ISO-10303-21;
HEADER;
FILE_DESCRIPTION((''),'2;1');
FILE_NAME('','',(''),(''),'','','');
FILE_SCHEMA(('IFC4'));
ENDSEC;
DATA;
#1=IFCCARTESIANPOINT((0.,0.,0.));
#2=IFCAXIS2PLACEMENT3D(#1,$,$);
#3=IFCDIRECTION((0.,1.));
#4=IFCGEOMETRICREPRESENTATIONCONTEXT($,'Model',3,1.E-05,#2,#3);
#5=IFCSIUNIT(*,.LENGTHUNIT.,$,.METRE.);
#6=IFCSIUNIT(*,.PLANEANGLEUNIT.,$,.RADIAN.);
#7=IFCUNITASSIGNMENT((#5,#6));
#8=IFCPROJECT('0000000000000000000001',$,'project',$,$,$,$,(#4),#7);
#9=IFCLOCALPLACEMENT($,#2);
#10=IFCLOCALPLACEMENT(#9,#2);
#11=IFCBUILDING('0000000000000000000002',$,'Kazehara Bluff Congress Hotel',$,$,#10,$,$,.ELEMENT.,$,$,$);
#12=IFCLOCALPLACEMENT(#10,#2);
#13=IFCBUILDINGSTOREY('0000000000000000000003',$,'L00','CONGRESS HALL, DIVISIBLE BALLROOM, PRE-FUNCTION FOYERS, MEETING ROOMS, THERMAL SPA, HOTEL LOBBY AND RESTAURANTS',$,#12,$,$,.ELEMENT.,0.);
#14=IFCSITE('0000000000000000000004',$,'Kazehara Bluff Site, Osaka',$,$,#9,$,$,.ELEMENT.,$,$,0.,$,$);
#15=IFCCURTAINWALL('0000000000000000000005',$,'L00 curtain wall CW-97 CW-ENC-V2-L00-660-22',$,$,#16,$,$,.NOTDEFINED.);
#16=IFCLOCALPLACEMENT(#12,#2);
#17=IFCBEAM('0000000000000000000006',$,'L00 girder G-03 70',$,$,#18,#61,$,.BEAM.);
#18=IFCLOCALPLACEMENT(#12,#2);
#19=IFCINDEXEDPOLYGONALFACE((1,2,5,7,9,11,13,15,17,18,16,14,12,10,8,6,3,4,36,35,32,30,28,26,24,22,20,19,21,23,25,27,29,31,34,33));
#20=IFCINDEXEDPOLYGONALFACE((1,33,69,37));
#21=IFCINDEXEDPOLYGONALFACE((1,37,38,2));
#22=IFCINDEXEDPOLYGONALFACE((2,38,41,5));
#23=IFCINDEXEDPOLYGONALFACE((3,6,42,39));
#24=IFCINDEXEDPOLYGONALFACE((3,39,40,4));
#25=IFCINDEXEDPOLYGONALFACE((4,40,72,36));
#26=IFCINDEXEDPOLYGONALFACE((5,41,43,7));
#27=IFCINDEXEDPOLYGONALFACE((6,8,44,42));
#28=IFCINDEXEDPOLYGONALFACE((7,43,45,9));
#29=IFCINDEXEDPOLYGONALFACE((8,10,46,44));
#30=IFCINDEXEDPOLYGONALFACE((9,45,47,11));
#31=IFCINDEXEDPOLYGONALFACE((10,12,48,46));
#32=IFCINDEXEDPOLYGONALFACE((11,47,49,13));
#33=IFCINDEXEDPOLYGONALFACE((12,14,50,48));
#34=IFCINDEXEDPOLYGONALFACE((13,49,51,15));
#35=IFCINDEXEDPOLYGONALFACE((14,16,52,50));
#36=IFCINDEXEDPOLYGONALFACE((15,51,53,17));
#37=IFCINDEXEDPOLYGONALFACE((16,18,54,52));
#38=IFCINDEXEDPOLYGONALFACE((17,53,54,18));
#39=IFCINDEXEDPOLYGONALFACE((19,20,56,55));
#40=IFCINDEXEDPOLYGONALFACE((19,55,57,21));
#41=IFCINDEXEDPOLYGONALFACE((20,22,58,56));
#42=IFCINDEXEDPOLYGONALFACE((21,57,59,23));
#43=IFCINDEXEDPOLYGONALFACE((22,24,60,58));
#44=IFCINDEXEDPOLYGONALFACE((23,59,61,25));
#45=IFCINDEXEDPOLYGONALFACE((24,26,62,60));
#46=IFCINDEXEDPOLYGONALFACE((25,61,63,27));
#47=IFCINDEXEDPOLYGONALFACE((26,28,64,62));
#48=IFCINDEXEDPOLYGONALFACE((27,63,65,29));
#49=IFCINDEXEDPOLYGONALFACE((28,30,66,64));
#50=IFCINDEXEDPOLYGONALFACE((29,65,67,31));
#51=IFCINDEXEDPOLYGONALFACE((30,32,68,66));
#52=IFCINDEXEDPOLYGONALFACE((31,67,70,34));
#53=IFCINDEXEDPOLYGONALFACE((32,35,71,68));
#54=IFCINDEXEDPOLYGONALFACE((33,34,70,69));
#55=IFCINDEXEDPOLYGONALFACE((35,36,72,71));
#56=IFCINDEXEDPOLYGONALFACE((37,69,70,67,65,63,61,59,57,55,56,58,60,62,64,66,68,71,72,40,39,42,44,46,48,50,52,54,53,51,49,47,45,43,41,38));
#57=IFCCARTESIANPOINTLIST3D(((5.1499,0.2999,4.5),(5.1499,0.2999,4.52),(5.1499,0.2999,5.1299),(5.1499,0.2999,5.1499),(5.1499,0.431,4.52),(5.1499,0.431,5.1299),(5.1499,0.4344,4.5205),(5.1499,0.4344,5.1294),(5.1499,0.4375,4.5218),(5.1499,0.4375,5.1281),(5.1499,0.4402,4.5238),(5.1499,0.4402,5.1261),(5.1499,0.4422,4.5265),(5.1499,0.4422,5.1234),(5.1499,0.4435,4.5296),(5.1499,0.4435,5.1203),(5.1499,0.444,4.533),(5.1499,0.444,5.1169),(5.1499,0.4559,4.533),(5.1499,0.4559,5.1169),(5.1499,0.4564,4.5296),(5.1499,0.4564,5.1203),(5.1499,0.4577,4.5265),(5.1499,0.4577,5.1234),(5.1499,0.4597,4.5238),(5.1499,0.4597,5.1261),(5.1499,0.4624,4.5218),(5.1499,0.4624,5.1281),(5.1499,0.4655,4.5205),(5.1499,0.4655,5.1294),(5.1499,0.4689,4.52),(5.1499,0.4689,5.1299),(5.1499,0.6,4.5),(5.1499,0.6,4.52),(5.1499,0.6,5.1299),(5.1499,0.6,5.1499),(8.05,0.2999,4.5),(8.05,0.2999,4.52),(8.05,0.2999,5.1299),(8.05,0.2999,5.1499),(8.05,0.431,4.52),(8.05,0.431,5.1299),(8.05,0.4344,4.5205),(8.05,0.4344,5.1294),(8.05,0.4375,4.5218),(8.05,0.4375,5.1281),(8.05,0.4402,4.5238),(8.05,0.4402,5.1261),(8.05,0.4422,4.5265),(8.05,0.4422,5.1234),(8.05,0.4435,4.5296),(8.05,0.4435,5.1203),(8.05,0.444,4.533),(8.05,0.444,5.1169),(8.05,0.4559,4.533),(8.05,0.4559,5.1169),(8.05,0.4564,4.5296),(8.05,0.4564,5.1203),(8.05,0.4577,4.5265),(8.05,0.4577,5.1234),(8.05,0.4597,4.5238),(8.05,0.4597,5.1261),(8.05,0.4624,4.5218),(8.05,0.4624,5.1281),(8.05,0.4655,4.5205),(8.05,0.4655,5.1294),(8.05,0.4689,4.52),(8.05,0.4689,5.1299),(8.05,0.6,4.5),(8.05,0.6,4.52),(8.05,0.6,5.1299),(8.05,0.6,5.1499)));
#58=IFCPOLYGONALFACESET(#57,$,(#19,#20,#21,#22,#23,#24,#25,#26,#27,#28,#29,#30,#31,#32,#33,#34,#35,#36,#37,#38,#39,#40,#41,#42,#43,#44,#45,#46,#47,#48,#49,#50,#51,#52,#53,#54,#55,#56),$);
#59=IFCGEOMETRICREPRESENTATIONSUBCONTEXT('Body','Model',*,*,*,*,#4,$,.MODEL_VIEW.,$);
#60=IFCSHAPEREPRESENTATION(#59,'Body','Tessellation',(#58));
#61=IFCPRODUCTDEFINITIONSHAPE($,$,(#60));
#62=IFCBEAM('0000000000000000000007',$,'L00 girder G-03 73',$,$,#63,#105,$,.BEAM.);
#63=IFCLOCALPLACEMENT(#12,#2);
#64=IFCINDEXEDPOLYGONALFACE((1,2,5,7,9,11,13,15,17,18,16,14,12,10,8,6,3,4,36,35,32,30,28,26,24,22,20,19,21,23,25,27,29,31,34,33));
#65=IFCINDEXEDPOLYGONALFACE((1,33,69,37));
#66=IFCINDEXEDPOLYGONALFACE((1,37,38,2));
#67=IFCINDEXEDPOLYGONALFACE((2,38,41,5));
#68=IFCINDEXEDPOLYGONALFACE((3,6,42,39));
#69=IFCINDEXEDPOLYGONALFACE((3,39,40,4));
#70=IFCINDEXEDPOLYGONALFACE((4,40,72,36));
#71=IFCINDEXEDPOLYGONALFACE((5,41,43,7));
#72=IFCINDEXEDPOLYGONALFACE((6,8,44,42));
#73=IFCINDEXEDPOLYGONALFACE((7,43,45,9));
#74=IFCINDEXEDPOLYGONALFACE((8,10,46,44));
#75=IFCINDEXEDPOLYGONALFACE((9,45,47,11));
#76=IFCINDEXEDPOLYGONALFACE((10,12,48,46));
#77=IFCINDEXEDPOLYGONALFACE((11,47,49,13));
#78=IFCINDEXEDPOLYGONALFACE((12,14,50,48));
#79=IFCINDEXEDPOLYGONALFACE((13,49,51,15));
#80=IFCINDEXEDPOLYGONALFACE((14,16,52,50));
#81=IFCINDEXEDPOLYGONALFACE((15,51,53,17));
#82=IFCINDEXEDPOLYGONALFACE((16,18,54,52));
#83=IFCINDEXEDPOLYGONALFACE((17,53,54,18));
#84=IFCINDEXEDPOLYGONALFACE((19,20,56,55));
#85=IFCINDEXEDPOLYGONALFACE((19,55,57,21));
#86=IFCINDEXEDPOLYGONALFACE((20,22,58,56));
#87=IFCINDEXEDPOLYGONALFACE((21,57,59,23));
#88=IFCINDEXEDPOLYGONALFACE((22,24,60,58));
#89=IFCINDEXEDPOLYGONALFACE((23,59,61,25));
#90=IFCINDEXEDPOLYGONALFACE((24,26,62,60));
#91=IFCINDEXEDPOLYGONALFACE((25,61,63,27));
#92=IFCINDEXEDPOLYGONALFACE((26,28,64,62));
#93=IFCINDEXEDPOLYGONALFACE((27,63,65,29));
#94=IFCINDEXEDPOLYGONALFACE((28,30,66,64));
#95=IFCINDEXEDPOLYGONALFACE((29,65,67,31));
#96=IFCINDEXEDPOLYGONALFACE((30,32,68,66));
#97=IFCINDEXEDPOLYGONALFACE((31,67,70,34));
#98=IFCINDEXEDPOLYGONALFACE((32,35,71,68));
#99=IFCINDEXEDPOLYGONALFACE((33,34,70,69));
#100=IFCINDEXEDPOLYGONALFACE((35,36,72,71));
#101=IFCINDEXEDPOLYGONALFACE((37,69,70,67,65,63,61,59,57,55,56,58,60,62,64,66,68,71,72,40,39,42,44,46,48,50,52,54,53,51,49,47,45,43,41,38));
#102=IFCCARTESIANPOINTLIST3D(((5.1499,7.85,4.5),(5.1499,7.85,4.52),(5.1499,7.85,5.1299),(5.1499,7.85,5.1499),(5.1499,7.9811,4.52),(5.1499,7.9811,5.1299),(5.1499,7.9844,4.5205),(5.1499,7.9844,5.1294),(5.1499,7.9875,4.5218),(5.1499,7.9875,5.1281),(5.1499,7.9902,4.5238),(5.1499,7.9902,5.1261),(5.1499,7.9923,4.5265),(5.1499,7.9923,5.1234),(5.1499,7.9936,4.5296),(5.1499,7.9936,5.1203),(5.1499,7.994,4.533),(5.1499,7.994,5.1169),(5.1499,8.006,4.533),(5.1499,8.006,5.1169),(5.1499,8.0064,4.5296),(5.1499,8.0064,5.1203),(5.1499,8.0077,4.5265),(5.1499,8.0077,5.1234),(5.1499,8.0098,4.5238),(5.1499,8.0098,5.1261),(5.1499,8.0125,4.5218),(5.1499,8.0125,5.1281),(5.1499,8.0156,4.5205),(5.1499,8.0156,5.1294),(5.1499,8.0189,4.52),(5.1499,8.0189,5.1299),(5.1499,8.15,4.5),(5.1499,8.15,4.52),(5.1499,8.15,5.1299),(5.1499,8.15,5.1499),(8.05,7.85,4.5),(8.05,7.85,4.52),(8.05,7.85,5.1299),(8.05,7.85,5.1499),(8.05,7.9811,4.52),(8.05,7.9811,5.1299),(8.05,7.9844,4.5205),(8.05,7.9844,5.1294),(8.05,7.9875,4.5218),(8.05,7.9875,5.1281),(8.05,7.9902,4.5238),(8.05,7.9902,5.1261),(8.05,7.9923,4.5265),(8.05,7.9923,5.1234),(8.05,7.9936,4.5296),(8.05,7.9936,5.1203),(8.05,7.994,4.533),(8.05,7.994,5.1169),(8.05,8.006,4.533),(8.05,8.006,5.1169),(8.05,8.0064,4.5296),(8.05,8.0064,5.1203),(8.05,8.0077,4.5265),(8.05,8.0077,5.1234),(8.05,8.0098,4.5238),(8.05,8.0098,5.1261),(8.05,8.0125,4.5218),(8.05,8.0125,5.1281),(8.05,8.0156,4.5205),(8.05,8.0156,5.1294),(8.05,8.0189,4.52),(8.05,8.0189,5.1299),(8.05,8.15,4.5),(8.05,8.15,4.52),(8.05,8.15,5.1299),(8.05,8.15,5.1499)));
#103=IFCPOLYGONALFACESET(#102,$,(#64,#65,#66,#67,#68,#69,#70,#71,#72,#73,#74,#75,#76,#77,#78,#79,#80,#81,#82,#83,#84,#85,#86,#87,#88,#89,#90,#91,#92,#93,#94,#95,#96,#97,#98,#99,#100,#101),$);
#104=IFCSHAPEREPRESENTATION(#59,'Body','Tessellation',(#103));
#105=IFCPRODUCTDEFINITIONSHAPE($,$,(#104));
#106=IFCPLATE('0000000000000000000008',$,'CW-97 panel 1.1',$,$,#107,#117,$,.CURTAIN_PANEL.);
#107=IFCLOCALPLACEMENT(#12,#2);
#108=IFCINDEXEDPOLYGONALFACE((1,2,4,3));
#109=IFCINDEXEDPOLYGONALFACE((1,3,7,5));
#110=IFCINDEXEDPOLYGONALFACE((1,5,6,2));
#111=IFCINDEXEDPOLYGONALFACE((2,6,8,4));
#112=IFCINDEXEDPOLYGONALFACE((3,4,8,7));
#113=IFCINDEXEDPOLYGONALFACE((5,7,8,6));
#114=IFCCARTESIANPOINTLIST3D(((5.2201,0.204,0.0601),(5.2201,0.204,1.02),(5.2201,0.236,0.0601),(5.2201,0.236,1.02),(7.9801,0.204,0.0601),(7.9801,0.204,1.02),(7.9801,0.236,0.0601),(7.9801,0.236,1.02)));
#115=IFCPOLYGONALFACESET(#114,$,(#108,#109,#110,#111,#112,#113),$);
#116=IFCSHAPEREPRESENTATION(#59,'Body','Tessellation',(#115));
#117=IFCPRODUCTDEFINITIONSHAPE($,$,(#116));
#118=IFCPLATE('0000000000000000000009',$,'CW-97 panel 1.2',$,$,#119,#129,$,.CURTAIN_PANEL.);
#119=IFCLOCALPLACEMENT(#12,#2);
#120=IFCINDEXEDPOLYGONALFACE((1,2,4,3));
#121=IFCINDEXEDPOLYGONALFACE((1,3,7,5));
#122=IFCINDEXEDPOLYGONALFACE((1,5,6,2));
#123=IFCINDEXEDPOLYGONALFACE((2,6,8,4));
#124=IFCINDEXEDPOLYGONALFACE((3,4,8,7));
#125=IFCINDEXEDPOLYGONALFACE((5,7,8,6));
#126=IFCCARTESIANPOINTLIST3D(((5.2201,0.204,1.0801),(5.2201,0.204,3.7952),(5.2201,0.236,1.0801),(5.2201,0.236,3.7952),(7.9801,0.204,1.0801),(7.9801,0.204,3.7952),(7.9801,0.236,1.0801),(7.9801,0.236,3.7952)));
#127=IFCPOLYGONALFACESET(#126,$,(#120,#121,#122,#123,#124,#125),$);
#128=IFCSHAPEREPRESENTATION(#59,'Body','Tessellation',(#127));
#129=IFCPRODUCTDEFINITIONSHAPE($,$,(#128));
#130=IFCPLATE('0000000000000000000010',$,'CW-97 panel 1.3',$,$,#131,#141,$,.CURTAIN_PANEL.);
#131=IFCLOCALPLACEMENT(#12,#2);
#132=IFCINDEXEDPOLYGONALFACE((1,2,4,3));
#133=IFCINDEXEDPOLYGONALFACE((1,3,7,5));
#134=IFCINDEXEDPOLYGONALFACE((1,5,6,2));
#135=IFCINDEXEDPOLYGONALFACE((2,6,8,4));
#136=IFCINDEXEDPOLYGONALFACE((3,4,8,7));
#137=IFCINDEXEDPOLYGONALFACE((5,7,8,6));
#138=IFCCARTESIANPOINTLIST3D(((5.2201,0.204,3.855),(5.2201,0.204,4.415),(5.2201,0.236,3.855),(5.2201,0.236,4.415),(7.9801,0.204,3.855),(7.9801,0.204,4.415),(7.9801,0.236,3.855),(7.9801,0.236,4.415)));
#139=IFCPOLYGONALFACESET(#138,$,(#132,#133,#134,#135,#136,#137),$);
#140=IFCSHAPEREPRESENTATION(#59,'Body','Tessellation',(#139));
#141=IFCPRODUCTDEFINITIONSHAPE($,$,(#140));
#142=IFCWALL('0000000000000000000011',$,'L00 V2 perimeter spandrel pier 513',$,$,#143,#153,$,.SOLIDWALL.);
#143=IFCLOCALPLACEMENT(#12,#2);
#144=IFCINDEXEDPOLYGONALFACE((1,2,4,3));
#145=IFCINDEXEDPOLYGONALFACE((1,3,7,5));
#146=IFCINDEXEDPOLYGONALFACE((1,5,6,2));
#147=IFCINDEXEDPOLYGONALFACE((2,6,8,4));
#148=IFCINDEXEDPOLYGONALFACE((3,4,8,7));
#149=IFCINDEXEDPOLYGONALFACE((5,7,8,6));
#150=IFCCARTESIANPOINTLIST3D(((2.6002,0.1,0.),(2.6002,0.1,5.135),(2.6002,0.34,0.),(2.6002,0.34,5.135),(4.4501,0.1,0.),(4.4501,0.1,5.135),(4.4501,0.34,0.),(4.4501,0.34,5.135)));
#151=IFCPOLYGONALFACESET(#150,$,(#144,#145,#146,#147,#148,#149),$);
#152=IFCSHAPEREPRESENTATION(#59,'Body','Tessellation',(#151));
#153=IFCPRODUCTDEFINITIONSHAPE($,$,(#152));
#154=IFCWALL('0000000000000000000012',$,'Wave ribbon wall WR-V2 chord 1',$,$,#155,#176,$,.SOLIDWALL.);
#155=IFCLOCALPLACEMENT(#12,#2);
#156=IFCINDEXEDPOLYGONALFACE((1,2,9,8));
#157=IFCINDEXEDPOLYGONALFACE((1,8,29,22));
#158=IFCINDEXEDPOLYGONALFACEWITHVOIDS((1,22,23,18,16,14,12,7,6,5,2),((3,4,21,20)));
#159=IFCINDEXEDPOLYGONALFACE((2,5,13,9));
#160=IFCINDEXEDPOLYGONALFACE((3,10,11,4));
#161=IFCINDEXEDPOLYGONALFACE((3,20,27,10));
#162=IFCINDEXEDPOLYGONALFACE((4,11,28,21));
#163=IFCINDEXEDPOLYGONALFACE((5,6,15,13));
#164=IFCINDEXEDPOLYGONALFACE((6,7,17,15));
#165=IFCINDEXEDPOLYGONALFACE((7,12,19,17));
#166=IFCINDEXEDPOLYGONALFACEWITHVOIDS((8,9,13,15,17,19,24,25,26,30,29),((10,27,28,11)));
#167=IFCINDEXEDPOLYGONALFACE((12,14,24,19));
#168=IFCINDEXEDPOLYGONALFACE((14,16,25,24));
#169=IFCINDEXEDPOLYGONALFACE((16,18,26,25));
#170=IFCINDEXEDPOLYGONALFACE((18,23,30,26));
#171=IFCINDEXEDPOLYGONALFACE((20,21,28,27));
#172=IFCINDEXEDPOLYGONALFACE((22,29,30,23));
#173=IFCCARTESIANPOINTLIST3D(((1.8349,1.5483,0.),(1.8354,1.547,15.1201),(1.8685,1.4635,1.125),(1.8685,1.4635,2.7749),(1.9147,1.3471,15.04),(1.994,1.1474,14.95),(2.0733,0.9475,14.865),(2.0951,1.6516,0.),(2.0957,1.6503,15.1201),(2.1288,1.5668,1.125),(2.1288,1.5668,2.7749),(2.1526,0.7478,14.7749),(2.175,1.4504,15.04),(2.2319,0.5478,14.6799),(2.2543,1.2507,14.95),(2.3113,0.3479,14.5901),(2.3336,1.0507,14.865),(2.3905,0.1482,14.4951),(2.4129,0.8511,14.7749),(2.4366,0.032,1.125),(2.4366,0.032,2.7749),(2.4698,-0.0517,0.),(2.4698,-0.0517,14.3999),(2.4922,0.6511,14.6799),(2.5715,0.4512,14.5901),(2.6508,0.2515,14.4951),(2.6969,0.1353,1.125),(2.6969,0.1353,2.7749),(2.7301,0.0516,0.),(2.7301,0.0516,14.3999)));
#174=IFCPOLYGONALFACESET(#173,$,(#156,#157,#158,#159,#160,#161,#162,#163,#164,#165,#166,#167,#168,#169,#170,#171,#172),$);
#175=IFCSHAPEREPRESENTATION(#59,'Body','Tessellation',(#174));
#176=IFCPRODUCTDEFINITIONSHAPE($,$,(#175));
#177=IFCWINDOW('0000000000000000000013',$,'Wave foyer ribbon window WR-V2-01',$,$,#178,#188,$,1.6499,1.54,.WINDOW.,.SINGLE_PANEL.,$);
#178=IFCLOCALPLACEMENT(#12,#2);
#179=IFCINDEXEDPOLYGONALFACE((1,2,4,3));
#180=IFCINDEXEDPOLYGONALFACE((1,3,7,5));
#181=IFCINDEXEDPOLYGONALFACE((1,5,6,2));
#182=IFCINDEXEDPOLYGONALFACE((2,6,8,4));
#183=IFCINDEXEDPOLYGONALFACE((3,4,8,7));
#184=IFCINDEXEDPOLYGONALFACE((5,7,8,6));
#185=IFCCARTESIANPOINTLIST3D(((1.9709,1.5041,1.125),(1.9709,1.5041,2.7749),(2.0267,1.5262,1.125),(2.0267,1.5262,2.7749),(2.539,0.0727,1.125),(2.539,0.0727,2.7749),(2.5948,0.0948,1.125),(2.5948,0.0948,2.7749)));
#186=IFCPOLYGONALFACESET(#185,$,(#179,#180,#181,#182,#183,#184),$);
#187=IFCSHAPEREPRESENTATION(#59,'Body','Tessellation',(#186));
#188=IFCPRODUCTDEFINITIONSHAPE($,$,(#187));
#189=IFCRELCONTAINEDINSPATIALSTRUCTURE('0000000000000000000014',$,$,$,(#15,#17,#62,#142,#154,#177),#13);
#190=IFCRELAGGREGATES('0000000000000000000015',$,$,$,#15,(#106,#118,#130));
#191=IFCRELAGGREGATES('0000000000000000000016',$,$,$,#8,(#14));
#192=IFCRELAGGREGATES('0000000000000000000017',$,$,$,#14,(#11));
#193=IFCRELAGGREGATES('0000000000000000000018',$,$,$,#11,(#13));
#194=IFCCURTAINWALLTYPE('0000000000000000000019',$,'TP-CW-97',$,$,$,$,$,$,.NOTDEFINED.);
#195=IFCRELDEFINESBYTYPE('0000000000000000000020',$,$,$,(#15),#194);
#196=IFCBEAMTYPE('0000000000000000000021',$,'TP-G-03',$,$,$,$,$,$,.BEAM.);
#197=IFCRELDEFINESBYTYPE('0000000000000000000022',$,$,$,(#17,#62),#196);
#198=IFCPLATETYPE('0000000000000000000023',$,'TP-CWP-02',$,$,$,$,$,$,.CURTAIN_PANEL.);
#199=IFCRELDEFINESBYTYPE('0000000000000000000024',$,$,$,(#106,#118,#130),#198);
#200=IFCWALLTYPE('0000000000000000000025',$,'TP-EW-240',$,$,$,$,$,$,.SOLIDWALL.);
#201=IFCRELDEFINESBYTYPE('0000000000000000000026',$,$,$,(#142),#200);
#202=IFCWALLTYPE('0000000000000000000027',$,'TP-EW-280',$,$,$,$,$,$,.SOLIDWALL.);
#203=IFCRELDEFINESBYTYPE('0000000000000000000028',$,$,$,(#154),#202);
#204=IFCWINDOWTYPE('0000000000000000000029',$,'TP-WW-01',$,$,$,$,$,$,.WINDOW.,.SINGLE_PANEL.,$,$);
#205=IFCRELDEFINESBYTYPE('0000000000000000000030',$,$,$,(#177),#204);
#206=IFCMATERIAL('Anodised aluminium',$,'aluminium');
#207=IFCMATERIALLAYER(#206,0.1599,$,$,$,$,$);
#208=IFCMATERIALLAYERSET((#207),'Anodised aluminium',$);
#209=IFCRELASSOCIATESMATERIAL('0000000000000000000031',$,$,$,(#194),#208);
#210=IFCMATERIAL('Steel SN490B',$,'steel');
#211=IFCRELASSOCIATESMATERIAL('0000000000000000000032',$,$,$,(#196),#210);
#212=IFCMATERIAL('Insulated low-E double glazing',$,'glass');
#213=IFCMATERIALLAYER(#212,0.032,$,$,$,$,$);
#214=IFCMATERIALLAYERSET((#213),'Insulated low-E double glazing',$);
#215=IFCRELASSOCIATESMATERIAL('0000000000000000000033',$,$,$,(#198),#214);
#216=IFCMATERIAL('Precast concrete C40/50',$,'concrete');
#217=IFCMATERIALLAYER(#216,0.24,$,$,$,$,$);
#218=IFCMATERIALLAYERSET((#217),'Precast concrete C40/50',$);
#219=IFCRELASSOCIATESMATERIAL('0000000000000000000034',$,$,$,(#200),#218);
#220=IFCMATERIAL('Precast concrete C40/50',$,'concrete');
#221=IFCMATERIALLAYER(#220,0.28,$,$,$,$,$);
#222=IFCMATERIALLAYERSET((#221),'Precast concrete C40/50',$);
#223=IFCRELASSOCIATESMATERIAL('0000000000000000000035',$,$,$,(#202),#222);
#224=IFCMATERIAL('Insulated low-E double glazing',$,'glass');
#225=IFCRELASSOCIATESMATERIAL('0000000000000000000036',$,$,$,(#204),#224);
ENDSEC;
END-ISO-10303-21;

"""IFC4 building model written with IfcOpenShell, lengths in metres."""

from ifc_helpers import new_model, si_unit, direction, frame, frame_2d, origin, origin_2d, place, context, subcontext, project, spatial, polyline, rectangle, i_section, outline, extrude, material, layer, layer_set, material_profile, profile_set, type_object, element, fill, aggregate, save


model = new_model("IFC4")

# Units and contexts
model_context = context("Model", 3, precision=1e-05, world=origin(), true_north=direction((0.0, 1.0)))
body_context = subcontext(model_context, "Body", "Model", "MODEL_VIEW")
ifc_project = project(units=[si_unit("LENGTHUNIT", "METRE"), si_unit("PLANEANGLEUNIT", "RADIAN")], contexts=[model_context])

# Site, building, storey
site_placement = place(None, origin())
site = spatial("IfcSite", under=ifc_project, at=site_placement, Name="Kazehara Bluff Site, Osaka", CompositionType="ELEMENT", RefElevation=0.0)
building_placement = place(site_placement, origin())
building = spatial("IfcBuilding", under=site, at=building_placement, Name="Kazehara Bluff Congress Hotel", CompositionType="ELEMENT")
storey_placement = place(building_placement, origin())
storey = spatial("IfcBuildingStorey", under=building, at=storey_placement, Name="L00", Description="CONGRESS HALL, DIVISIBLE BALLROOM, PRE-FUNCTION FOYERS, MEETING ROOMS, THERMAL SPA, HOTEL LOBBY AND RESTAURANTS", CompositionType="ELEMENT", Elevation=0.0)

# Curtain wall
ifc_material_1 = material(Name="Anodised aluminium", Category="aluminium")
ifc_layer_1 = layer(ifc_material_1, 0.1599)
ifc_layer_set_1 = layer_set([ifc_layer_1], Name="Anodised aluminium")
curtain_wall_type = type_object("IfcCurtainWallType", Name="TP-CW-97", PredefinedType="NOTDEFINED", material=ifc_layer_set_1)
curtain_wall_placement = place(storey_placement, origin())
curtain_wall = element("IfcCurtainWall", 1, at=curtain_wall_placement, inside=storey, type_object=curtain_wall_type, Name="L00 curtain wall CW-97 CW-ENC-V2-L00-660-22", PredefinedType="NOTDEFINED")

# Beams
ifc_material_2 = material(Name="Steel SN490B", Category="steel")
ifc_material_profile_1 = material_profile(ifc_material_2, i_section(OverallWidth=0.3, OverallDepth=0.6499, WebThickness=0.012, FlangeThickness=0.02, FilletRadius=0.0129, at=origin_2d()))
ifc_profile_set_1 = profile_set([ifc_material_profile_1], Name="Steel SN490B")
beam_type = type_object("IfcBeamType", Name="TP-G-03", PredefinedType="BEAM", material=ifc_profile_set_1)
for number, where, z_axis, x_axis, name in (
    (2, (5.1499, 0.45, 4.825), (1.0, 0.0, 0.0), (0.0, 1.0, 0.0), "L00 girder G-03 70"),
    (3, (5.1499, 8.0, 4.825), (1.0, 0.0, 0.0), (0.0, 1.0, 0.0), "L00 girder G-03 73"),
):
    element("IfcBeam", number, at=place(storey_placement, frame(where, z_axis=z_axis, x_axis=x_axis)), inside=storey, type_object=beam_type, Name=name, PredefinedType="BEAM", context=body_context, shape_type="SweptSolid", body=[
        extrude(i_section(OverallWidth=0.3, OverallDepth=0.6499, WebThickness=0.012, FlangeThickness=0.02, FilletRadius=0.0129, at=origin_2d()), origin(), (0.0, 0.0, 1.0), 2.9001),
    ])

# Plates
ifc_material_3 = material(Name="Insulated low-E double glazing", Category="glass")
ifc_layer_2 = layer(ifc_material_3, 0.032)
ifc_layer_set_2 = layer_set([ifc_layer_2], Name="Insulated low-E double glazing")
plate_type = type_object("IfcPlateType", Name="TP-CWP-02", PredefinedType="CURTAIN_PANEL", material=ifc_layer_set_2)
plate_1_placement = place(storey_placement, frame((6.6001, 0.22, 0.0601), z_axis=(0.0, 0.0, 1.0), x_axis=(-1.0, 0.0, 0.0)))
plate_1 = element("IfcPlate", 4, at=plate_1_placement, type_object=plate_type, Name="CW-97 panel 1.1", PredefinedType="CURTAIN_PANEL", context=body_context, shape_type="SweptSolid", body=[
    extrude(rectangle(XDim=2.76, YDim=0.032, at=origin_2d()), origin(), (0.0, 0.0, 1.0), 0.96),
])
plate_2_placement = place(storey_placement, frame((6.6001, 0.22, 1.0801), z_axis=(0.0, 0.0, 1.0), x_axis=(-1.0, 0.0, 0.0)))
plate_2 = element("IfcPlate", 5, at=plate_2_placement, type_object=plate_type, Name="CW-97 panel 1.2", PredefinedType="CURTAIN_PANEL", context=body_context, shape_type="SweptSolid", body=[
    extrude(rectangle(XDim=2.76, YDim=0.032, at=origin_2d()), origin(), (0.0, 0.0, 1.0), 2.7151),
])
plate_3_placement = place(storey_placement, frame((6.6001, 0.22, 3.855), z_axis=(0.0, 0.0, 1.0), x_axis=(-1.0, 0.0, 0.0)))
plate_3 = element("IfcPlate", 6, at=plate_3_placement, type_object=plate_type, Name="CW-97 panel 1.3", PredefinedType="CURTAIN_PANEL", context=body_context, shape_type="SweptSolid", body=[
    extrude(rectangle(XDim=2.76, YDim=0.032, at=origin_2d()), origin(), (0.0, 0.0, 1.0), 0.5601),
])
aggregate(curtain_wall, [plate_1, plate_2, plate_3])

# Wall
ifc_material_4 = material(Name="Precast concrete C40/50", Category="concrete")
ifc_layer_3 = layer(ifc_material_4, 0.24)
ifc_layer_set_3 = layer_set([ifc_layer_3], Name="Precast concrete C40/50")
wall_type_1 = type_object("IfcWallType", Name="TP-EW-240", PredefinedType="SOLIDWALL", material=ifc_layer_set_3)
wall_1_placement = place(storey_placement, frame((4.45, 0.22, 0.0), z_axis=(0.0, 0.0, 1.0), x_axis=(-1.0, 0.0, 0.0)))
element("IfcWall", 7, at=wall_1_placement, inside=storey, type_object=wall_type_1, Name="L00 V2 perimeter spandrel pier 513", PredefinedType="SOLIDWALL", context=body_context, shape_type="SweptSolid", body=[
    extrude(rectangle(XDim=1.8499, YDim=0.24, at=frame_2d((0.9248, 0.0))), origin(), (0.0, 0.0, 1.0), 5.135),
])

# Wall, opening, window
ifc_material_5 = material(Name="Precast concrete C40/50", Category="concrete")
ifc_layer_4 = layer(ifc_material_5, 0.28)
ifc_layer_set_4 = layer_set([ifc_layer_4], Name="Precast concrete C40/50")
wall_type_2 = type_object("IfcWallType", Name="TP-EW-280", PredefinedType="SOLIDWALL", material=ifc_layer_set_4)
wall_2_placement = place(storey_placement, frame((2.6001, 0.0, 0.0), z_axis=(0.0, 0.0, 1.0), x_axis=(-0.368871, 0.929481, 0.0)))
wall_2 = element("IfcWall", 8, at=wall_2_placement, inside=storey, type_object=wall_type_2, Name="Wave ribbon wall WR-V2 chord 1", PredefinedType="SOLIDWALL", context=body_context, shape_type="SweptSolid", body=[
    extrude(outline(polyline([(0.0, 0.0), (1.7214, 0.0), (1.72, 15.1201), (1.5049, 15.04), (1.29, 14.95), (1.075, 14.865), (0.8601, 14.7749), (0.645, 14.6799), (0.4299, 14.5901), (0.2151, 14.4951), (0.0, 14.3999), (0.0, 0.0)])), frame((0.0, 0.1401, 0.0), z_axis=(0.0, -1.0, 0.0), x_axis=(1.0, 0.0, 0.0)), (0.0, 0.0, 1.0), 0.28),
])
opening_1_placement = place(wall_2_placement, frame((0.0901, 0.0, 1.125)))
opening_1 = element("IfcOpeningElement", 9, at=opening_1_placement, cuts=wall_2, PredefinedType="OPENING", context=body_context, shape_type="SweptSolid", body=[
    extrude(rectangle(XDim=1.54, YDim=1.6499, at=frame_2d((0.77, 0.825))), frame((0.0, 0.1499, 0.0), z_axis=(0.0, -1.0, 0.0), x_axis=(1.0, 0.0, 0.0)), (0.0, 0.0, 1.0), 0.3),
])
ifc_material_6 = material(Name="Insulated low-E double glazing", Category="glass")
window_type_1 = type_object("IfcWindowType", Name="TP-WW-01", PartitioningType="SINGLE_PANEL", PredefinedType="WINDOW", material=ifc_material_6)
window_1_placement = place(opening_1_placement, origin())
window_1 = element("IfcWindow", 10, at=window_1_placement, inside=storey, type_object=window_type_1, Name="Wave foyer ribbon window WR-V2-01", OverallHeight=1.6499, OverallWidth=1.54, PartitioningType="SINGLE_PANEL", PredefinedType="WINDOW", context=body_context, shape_type="SweptSolid", body=[
    extrude(rectangle(XDim=1.54, YDim=1.6499, at=frame_2d((0.77, 0.825))), frame((0.0, 0.03, 0.0), z_axis=(0.0, -1.0, 0.0), x_axis=(1.0, 0.0, 0.0)), (0.0, 0.0, 1.0), 0.0601),
])
fill(opening_1, window_1)

save(model, "model.ifc")
